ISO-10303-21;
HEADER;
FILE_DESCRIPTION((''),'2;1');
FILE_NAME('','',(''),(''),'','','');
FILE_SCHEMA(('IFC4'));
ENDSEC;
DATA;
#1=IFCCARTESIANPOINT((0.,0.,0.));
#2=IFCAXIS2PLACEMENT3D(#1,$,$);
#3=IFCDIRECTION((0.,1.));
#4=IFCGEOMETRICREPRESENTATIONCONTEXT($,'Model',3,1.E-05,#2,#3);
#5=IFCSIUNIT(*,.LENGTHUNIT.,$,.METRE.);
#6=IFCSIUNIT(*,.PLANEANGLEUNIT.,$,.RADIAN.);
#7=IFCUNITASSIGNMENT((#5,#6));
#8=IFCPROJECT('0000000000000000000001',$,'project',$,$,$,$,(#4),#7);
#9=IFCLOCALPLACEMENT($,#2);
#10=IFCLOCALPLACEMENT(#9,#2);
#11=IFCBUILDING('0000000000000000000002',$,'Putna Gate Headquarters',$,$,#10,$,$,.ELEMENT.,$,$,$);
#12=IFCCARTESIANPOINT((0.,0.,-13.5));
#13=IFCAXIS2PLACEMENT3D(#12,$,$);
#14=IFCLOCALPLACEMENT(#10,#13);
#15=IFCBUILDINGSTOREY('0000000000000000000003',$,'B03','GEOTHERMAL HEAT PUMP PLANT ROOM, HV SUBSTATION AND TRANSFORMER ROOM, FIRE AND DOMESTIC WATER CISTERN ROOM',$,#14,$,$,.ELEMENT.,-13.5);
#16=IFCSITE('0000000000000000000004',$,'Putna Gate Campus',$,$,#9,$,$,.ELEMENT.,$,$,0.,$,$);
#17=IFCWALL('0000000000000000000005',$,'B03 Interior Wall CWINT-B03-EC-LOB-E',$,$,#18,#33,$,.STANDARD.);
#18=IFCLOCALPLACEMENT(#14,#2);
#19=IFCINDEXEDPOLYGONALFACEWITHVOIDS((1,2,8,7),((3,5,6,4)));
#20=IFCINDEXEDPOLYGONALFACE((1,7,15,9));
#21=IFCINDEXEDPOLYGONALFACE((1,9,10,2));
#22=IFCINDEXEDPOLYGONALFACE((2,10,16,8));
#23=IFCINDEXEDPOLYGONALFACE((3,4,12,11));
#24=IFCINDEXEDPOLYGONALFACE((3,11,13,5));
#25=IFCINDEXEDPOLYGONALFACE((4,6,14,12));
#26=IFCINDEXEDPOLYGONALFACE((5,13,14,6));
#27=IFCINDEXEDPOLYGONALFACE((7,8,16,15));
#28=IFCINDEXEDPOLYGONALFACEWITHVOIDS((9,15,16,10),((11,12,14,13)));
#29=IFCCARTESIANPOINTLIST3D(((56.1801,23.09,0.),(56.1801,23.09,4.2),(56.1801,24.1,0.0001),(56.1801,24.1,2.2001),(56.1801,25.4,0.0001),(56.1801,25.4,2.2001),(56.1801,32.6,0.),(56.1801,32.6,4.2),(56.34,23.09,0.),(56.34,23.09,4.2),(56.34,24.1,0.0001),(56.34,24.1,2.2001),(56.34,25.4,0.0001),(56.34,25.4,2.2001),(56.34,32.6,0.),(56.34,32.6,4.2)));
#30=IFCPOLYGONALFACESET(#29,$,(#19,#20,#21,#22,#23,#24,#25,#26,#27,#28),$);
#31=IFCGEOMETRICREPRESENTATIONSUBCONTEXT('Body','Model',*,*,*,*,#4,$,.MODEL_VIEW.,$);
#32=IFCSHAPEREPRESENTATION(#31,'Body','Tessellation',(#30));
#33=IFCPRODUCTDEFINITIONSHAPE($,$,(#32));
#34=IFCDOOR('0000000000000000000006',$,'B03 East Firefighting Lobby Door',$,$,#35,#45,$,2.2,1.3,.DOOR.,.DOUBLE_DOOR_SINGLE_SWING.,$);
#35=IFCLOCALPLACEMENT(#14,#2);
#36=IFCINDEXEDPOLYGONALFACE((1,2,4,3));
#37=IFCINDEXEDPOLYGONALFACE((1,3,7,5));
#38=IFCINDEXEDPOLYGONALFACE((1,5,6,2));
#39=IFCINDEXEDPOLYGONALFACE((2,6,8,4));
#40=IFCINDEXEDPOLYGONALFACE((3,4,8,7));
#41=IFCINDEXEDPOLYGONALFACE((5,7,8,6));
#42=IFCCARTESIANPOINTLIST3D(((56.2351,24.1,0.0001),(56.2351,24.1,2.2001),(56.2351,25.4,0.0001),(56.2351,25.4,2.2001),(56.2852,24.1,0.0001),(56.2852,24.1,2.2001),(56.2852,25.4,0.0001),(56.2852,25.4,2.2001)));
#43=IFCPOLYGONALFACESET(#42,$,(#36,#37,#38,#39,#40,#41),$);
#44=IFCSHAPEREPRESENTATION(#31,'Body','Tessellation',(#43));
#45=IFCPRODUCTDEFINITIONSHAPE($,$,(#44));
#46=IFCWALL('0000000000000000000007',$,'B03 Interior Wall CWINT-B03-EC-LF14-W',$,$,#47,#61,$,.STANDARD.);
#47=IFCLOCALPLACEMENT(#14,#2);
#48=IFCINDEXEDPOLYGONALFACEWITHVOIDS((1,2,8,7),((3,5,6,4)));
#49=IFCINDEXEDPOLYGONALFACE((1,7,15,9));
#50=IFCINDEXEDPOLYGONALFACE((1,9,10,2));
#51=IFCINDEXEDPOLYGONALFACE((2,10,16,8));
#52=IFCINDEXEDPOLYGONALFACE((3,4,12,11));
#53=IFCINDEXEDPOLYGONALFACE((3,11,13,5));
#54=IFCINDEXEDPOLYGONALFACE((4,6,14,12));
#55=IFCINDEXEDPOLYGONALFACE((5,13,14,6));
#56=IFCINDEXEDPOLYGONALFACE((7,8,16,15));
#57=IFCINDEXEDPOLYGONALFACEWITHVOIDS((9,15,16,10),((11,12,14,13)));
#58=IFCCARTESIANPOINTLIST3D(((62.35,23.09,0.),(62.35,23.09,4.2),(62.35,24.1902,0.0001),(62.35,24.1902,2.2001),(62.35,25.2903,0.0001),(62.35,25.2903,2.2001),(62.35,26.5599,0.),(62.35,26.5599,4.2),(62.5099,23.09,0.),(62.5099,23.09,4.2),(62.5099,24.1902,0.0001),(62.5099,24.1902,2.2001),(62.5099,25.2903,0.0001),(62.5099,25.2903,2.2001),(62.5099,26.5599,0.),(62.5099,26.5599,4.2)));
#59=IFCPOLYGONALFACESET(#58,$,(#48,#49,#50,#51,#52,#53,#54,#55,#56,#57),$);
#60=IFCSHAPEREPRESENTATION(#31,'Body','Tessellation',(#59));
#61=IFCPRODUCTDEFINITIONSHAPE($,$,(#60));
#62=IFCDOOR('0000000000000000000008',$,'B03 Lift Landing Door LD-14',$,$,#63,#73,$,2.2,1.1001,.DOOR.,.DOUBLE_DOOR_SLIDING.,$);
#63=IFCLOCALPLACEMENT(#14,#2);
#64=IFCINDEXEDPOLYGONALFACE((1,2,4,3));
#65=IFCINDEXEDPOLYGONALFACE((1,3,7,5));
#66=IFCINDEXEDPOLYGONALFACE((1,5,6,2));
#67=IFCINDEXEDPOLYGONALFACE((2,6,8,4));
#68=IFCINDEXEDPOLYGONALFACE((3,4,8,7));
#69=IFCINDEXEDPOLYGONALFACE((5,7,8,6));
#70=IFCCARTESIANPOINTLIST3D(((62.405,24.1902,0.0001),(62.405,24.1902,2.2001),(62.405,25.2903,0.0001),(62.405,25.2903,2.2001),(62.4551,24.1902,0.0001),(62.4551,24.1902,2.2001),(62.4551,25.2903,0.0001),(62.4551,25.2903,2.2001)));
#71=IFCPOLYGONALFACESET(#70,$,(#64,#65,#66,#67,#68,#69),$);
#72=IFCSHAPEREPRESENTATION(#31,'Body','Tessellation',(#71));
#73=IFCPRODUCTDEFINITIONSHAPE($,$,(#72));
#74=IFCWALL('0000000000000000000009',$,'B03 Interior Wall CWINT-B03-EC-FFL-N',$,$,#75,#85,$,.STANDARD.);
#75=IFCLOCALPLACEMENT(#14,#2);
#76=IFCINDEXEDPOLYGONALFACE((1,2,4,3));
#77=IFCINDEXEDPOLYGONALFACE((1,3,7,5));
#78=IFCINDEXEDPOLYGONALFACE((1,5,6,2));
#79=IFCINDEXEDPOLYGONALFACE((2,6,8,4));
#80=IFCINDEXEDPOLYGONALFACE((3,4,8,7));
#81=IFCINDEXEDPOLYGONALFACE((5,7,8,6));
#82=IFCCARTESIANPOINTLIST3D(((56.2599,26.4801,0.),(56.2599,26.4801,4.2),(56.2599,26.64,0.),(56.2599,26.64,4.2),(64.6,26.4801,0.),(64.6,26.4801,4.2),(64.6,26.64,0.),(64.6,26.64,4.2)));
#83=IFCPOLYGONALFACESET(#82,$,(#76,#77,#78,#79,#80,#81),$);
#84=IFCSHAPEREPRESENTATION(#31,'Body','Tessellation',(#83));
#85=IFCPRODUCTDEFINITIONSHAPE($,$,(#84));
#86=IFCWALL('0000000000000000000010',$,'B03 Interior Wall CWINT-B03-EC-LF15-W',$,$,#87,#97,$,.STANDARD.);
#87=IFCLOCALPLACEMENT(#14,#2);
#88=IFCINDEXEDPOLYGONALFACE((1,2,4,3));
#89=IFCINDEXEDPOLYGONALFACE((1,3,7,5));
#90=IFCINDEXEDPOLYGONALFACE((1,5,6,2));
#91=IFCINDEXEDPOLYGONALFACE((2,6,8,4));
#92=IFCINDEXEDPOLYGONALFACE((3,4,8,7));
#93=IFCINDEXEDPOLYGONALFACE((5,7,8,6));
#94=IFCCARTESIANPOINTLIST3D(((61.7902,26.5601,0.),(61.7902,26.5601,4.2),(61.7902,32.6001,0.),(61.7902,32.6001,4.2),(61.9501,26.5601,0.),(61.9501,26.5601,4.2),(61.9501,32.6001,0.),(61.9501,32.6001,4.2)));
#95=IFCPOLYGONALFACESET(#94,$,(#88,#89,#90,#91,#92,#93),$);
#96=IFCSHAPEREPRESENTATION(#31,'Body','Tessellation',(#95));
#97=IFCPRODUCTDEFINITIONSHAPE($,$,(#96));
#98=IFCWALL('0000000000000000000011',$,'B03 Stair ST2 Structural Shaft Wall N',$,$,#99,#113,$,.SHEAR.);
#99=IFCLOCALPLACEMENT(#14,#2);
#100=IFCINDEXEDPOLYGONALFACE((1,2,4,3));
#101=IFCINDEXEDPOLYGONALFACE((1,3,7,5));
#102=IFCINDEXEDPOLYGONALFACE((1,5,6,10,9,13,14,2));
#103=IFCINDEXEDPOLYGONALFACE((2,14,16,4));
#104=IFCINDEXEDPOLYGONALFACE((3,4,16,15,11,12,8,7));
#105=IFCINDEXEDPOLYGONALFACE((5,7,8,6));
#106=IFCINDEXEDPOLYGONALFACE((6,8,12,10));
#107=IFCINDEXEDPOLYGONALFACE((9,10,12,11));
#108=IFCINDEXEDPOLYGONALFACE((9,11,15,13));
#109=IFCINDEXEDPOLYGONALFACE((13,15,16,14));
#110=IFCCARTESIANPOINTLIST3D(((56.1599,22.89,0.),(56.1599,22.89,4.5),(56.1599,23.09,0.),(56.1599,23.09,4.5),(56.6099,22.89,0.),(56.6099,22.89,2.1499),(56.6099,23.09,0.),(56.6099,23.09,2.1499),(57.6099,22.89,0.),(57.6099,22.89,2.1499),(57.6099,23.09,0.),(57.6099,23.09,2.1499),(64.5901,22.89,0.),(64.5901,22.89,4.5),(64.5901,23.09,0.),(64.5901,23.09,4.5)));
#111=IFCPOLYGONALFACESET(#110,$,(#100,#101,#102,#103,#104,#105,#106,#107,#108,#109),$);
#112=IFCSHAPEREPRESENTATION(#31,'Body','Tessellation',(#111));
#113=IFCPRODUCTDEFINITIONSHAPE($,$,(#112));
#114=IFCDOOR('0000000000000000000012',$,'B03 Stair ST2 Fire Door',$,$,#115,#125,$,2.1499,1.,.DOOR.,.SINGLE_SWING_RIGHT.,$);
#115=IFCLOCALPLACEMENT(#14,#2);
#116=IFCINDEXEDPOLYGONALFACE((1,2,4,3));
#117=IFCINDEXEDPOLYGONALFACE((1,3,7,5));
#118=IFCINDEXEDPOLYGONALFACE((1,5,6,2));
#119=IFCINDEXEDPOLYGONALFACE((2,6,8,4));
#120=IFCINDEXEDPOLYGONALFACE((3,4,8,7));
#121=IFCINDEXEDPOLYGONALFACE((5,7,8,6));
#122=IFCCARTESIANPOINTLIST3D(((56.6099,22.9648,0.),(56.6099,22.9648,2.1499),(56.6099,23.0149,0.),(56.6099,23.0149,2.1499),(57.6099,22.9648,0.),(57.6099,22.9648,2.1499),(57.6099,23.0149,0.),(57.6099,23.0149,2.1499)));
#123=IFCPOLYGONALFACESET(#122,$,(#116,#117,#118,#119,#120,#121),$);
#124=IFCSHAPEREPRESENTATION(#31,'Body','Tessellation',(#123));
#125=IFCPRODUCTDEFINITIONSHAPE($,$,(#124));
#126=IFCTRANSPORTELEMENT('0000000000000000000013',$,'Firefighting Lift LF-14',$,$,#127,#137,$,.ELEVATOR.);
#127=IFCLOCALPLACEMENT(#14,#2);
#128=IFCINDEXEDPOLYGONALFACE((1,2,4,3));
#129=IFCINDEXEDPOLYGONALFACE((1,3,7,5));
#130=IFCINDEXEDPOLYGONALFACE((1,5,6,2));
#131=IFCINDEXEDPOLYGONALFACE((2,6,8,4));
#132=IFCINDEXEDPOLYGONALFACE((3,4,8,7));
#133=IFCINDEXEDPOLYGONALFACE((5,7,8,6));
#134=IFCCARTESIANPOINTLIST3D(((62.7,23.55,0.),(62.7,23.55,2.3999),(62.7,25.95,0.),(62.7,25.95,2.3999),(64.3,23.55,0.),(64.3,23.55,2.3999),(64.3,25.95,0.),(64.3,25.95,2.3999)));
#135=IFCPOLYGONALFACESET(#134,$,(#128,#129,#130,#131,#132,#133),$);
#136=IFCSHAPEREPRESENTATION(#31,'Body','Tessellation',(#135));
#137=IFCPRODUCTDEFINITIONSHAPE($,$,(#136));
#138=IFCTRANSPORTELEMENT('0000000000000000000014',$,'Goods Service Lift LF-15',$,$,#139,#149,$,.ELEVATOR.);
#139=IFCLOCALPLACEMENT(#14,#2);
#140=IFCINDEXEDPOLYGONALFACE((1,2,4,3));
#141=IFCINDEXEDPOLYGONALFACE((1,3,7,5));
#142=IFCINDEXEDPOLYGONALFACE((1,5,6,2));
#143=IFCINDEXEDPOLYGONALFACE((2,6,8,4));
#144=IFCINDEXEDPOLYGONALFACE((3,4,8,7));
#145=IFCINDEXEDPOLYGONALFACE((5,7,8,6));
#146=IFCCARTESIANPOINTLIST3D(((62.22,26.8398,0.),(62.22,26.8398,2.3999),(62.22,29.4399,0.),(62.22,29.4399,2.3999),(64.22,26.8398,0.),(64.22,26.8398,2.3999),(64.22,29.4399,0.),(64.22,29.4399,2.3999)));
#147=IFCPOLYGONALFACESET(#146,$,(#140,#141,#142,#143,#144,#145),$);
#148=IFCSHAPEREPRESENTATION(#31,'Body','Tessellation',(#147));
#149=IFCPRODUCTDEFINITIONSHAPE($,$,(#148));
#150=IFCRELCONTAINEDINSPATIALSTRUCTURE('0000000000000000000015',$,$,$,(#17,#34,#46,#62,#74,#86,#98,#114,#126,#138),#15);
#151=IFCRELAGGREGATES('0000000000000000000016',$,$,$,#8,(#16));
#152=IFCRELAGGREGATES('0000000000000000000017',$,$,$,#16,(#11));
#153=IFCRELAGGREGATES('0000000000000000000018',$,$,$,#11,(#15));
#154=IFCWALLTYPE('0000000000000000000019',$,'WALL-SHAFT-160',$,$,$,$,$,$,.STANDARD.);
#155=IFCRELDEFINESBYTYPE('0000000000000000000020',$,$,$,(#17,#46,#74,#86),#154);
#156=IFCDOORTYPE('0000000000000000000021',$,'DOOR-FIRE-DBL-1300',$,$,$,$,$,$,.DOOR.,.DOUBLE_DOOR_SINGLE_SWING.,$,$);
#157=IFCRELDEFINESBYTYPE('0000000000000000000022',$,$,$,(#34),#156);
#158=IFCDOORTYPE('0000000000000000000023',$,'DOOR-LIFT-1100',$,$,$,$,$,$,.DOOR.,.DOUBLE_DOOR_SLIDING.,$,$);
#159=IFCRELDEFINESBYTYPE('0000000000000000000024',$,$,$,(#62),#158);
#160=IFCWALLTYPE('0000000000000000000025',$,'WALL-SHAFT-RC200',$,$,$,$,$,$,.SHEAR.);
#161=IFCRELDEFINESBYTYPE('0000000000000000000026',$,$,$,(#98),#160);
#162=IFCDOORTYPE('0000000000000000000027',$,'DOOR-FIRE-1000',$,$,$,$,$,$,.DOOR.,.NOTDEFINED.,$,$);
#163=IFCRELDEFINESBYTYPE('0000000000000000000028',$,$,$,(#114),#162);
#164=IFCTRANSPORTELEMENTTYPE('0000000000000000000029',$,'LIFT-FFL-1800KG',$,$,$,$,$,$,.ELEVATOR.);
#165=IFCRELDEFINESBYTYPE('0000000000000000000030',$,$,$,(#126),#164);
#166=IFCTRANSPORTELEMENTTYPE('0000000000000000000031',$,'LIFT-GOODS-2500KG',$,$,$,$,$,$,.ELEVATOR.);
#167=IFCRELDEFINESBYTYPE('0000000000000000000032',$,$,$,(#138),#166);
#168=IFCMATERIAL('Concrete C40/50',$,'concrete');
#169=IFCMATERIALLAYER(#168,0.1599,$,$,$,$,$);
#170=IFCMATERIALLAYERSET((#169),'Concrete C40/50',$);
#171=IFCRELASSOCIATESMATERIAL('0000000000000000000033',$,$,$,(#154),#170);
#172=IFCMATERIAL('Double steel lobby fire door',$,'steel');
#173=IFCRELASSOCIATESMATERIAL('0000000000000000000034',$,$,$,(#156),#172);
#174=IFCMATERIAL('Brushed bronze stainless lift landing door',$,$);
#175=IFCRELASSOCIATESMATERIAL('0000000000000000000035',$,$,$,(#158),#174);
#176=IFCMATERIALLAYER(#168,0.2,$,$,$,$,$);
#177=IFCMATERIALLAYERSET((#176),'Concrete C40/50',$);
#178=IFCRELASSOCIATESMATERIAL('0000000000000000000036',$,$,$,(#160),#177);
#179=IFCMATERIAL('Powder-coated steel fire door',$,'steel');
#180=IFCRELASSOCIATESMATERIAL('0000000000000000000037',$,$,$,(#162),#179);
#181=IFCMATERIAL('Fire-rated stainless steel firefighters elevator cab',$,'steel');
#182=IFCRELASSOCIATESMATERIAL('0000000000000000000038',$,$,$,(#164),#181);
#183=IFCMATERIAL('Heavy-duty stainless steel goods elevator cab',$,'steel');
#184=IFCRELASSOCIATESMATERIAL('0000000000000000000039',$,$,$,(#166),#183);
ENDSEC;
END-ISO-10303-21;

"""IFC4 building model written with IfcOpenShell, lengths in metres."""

from ifc_helpers import new_model, si_unit, direction, frame, frame_2d, origin, origin_2d, place, context, subcontext, project, spatial, rectangle, extrude, material, layer, layer_set, type_object, element, fill, save


model = new_model("IFC4")

# Units and contexts
model_context = context("Model", 3, precision=1e-05, world=origin(), true_north=direction((0.0, 1.0)))
body_context = subcontext(model_context, "Body", "Model", "MODEL_VIEW")
ifc_project = project(units=[si_unit("LENGTHUNIT", "METRE"), si_unit("PLANEANGLEUNIT", "RADIAN")], contexts=[model_context])

# Site, building, storey
site_placement = place(None, origin())
site = spatial("IfcSite", under=ifc_project, at=site_placement, Name="Putna Gate Campus", CompositionType="ELEMENT", RefElevation=0.0)
building_placement = place(site_placement, origin())
building = spatial("IfcBuilding", under=site, at=building_placement, Name="Putna Gate Headquarters", CompositionType="ELEMENT")
storey_placement = place(building_placement, frame((0.0, 0.0, -13.5)))
storey = spatial("IfcBuildingStorey", under=building, at=storey_placement, Name="B03", Description="GEOTHERMAL HEAT PUMP PLANT ROOM, HV SUBSTATION AND TRANSFORMER ROOM, FIRE AND DOMESTIC WATER CISTERN ROOM", CompositionType="ELEMENT", Elevation=-13.5)

# Shared definitions
ifc_material_1 = material(Name="Concrete C40/50", Category="concrete")

# Walls, openings, doors
ifc_layer_1 = layer(ifc_material_1, 0.1599)
ifc_layer_set_1 = layer_set([ifc_layer_1], Name="Concrete C40/50")
wall_type_1 = type_object("IfcWallType", Name="WALL-SHAFT-160", PredefinedType="STANDARD", material=ifc_layer_set_1)
wall_1_placement = place(storey_placement, frame((56.26, 23.0901, 0.0), z_axis=(0.0, 0.0, 1.0), x_axis=(0.0, 1.0, 0.0)))
wall_1 = element("IfcWall", 1, at=wall_1_placement, inside=storey, type_object=wall_type_1, Name="B03 Interior Wall CWINT-B03-EC-LOB-E", PredefinedType="STANDARD", context=body_context, shape_type="SweptSolid", body=[
    extrude(rectangle(XDim=9.51, YDim=0.1599, at=frame_2d((4.7549, 0.0))), origin(), (0.0, 0.0, 1.0), 4.2),
])
opening_1_placement = place(wall_1_placement, frame((1.01, 0.0, 0.0)))
opening_1 = element("IfcOpeningElement", 2, at=opening_1_placement, cuts=wall_1, PredefinedType="OPENING", context=body_context, shape_type="SweptSolid", body=[
    extrude(rectangle(XDim=1.3, YDim=2.2, at=frame_2d((0.6499, 1.1001))), frame((0.0, 0.0898, 0.0), z_axis=(0.0, -1.0, 0.0), x_axis=(1.0, 0.0, 0.0)), (0.0, 0.0, 1.0), 0.1799),
])
ifc_material_2 = material(Name="Double steel lobby fire door", Category="steel")
door_type_1 = type_object("IfcDoorType", Name="DOOR-FIRE-DBL-1300", OperationType="DOUBLE_DOOR_SINGLE_SWING", PredefinedType="DOOR", material=ifc_material_2)
door_1_placement = place(opening_1_placement, origin())
door_1 = element("IfcDoor", 3, at=door_1_placement, inside=storey, type_object=door_type_1, Name="B03 East Firefighting Lobby Door", OperationType="DOUBLE_DOOR_SINGLE_SWING", OverallHeight=2.2, OverallWidth=1.3, PredefinedType="DOOR", context=body_context, shape_type="SweptSolid", body=[
    extrude(rectangle(XDim=1.3, YDim=2.2, at=frame_2d((0.6499, 1.1001))), frame((0.0, 0.0249, 0.0), z_axis=(0.0, -1.0, 0.0), x_axis=(1.0, 0.0, 0.0)), (0.0, 0.0, 1.0), 0.05),
])
fill(opening_1, door_1)
wall_2_placement = place(storey_placement, frame((62.4299, 23.0901, 0.0), z_axis=(0.0, 0.0, 1.0), x_axis=(0.0, 1.0, 0.0)))
wall_2 = element("IfcWall", 4, at=wall_2_placement, inside=storey, type_object=wall_type_1, Name="B03 Interior Wall CWINT-B03-EC-LF14-W", PredefinedType="STANDARD", context=body_context, shape_type="SweptSolid", body=[
    extrude(rectangle(XDim=3.47, YDim=0.1599, at=frame_2d((1.7349, 0.0))), origin(), (0.0, 0.0, 1.0), 4.2),
])
opening_2_placement = place(wall_2_placement, frame((1.1001, 0.0, 0.0)))
opening_2 = element("IfcOpeningElement", 5, at=opening_2_placement, cuts=wall_2, PredefinedType="OPENING", context=body_context, shape_type="SweptSolid", body=[
    extrude(rectangle(XDim=1.1001, YDim=2.2, at=frame_2d((0.55, 1.1001))), frame((0.0, 0.0898, 0.0), z_axis=(0.0, -1.0, 0.0), x_axis=(1.0, 0.0, 0.0)), (0.0, 0.0, 1.0), 0.1799),
])
ifc_material_3 = material(Name="Brushed bronze stainless lift landing door")
door_type_2 = type_object("IfcDoorType", Name="DOOR-LIFT-1100", OperationType="DOUBLE_DOOR_SLIDING", PredefinedType="DOOR", material=ifc_material_3)
door_2_placement = place(opening_2_placement, origin())
door_2 = element("IfcDoor", 6, at=door_2_placement, inside=storey, type_object=door_type_2, Name="B03 Lift Landing Door LD-14", OperationType="DOUBLE_DOOR_SLIDING", OverallHeight=2.2, OverallWidth=1.1001, PredefinedType="DOOR", context=body_context, shape_type="SweptSolid", body=[
    extrude(rectangle(XDim=1.1001, YDim=2.2, at=frame_2d((0.55, 1.1001))), frame((0.0, 0.0249, 0.0), z_axis=(0.0, -1.0, 0.0), x_axis=(1.0, 0.0, 0.0)), (0.0, 0.0, 1.0), 0.05),
])
fill(opening_2, door_2)

# Walls
wall_3_placement = place(storey_placement, frame((56.26, 26.5601, 0.0), z_axis=(0.0, 0.0, 1.0), x_axis=(1.0, 0.0, 0.0)))
element("IfcWall", 7, at=wall_3_placement, inside=storey, type_object=wall_type_1, Name="B03 Interior Wall CWINT-B03-EC-FFL-N", PredefinedType="STANDARD", context=body_context, shape_type="SweptSolid", body=[
    extrude(rectangle(XDim=8.3401, YDim=0.1599, at=frame_2d((4.1699, 0.0))), origin(), (0.0, 0.0, 1.0), 4.2),
])
wall_4_placement = place(storey_placement, frame((61.8701, 26.5601, 0.0), z_axis=(0.0, 0.0, 1.0), x_axis=(0.0, 1.0, 0.0)))
element("IfcWall", 8, at=wall_4_placement, inside=storey, type_object=wall_type_1, Name="B03 Interior Wall CWINT-B03-EC-LF15-W", PredefinedType="STANDARD", context=body_context, shape_type="SweptSolid", body=[
    extrude(rectangle(XDim=6.04, YDim=0.1599, at=frame_2d((3.02, 0.0))), origin(), (0.0, 0.0, 1.0), 4.2),
])

# Wall, opening, door
ifc_layer_2 = layer(ifc_material_1, 0.2)
ifc_layer_set_2 = layer_set([ifc_layer_2], Name="Concrete C40/50")
wall_type_2 = type_object("IfcWallType", Name="WALL-SHAFT-RC200", PredefinedType="SHEAR", material=ifc_layer_set_2)
wall_5_placement = place(storey_placement, frame((56.1599, 22.99, 0.0), z_axis=(0.0, 0.0, 1.0), x_axis=(1.0, 0.0, 0.0)))
wall_5 = element("IfcWall", 9, at=wall_5_placement, inside=storey, type_object=wall_type_2, Name="B03 Stair ST2 Structural Shaft Wall N", PredefinedType="SHEAR", context=body_context, shape_type="SweptSolid", body=[
    extrude(rectangle(XDim=8.4302, YDim=0.2, at=frame_2d((4.2151, 0.0))), origin(), (0.0, 0.0, 1.0), 4.5),
])
opening_3_placement = place(wall_5_placement, frame((0.45, 0.0, 0.0)))
opening_3 = element("IfcOpeningElement", 10, at=opening_3_placement, cuts=wall_5, PredefinedType="OPENING", context=body_context, shape_type="SweptSolid", body=[
    extrude(rectangle(XDim=1.0, YDim=2.1499, at=frame_2d((0.5, 1.075))), frame((0.0, 0.1099, 0.0), z_axis=(0.0, -1.0, 0.0), x_axis=(1.0, 0.0, 0.0)), (0.0, 0.0, 1.0), 0.22),
])
ifc_material_4 = material(Name="Powder-coated steel fire door", Category="steel")
door_type_3 = type_object("IfcDoorType", Name="DOOR-FIRE-1000", OperationType="NOTDEFINED", PredefinedType="DOOR", material=ifc_material_4)
door_3_placement = place(opening_3_placement, origin())
door_3 = element("IfcDoor", 11, at=door_3_placement, inside=storey, type_object=door_type_3, Name="B03 Stair ST2 Fire Door", OperationType="SINGLE_SWING_RIGHT", OverallHeight=2.1499, OverallWidth=1.0, PredefinedType="DOOR", context=body_context, shape_type="SweptSolid", body=[
    extrude(rectangle(XDim=1.0, YDim=2.1499, at=frame_2d((0.5, 1.075))), frame((0.0, 0.0249, 0.0), z_axis=(0.0, -1.0, 0.0), x_axis=(1.0, 0.0, 0.0)), (0.0, 0.0, 1.0), 0.05),
])
fill(opening_3, door_3)

# Transport elements
ifc_material_5 = material(Name="Fire-rated stainless steel firefighters elevator cab", Category="steel")
transport_element_type_1 = type_object("IfcTransportElementType", Name="LIFT-FFL-1800KG", PredefinedType="ELEVATOR", material=ifc_material_5)
transport_element_1_placement = place(storey_placement, frame((63.5, 24.75, 0.0), z_axis=(0.0, 0.0, 1.0), x_axis=(1.0, 0.0, 0.0)))
element("IfcTransportElement", 12, at=transport_element_1_placement, inside=storey, type_object=transport_element_type_1, Name="Firefighting Lift LF-14", PredefinedType="ELEVATOR", context=body_context, shape_type="SweptSolid", body=[
    extrude(rectangle(XDim=1.6001, YDim=2.3999, at=origin_2d()), origin(), (0.0, 0.0, 1.0), 2.3999),
])
ifc_material_6 = material(Name="Heavy-duty stainless steel goods elevator cab", Category="steel")
transport_element_type_2 = type_object("IfcTransportElementType", Name="LIFT-GOODS-2500KG", PredefinedType="ELEVATOR", material=ifc_material_6)
transport_element_2_placement = place(storey_placement, frame((63.22, 28.1399, 0.0), z_axis=(0.0, 0.0, 1.0), x_axis=(1.0, 0.0, 0.0)))
element("IfcTransportElement", 13, at=transport_element_2_placement, inside=storey, type_object=transport_element_type_2, Name="Goods Service Lift LF-15", PredefinedType="ELEVATOR", context=body_context, shape_type="SweptSolid", body=[
    extrude(rectangle(XDim=2.0, YDim=2.6001, at=origin_2d()), origin(), (0.0, 0.0, 1.0), 2.3999),
])

save(model, "model.ifc")
